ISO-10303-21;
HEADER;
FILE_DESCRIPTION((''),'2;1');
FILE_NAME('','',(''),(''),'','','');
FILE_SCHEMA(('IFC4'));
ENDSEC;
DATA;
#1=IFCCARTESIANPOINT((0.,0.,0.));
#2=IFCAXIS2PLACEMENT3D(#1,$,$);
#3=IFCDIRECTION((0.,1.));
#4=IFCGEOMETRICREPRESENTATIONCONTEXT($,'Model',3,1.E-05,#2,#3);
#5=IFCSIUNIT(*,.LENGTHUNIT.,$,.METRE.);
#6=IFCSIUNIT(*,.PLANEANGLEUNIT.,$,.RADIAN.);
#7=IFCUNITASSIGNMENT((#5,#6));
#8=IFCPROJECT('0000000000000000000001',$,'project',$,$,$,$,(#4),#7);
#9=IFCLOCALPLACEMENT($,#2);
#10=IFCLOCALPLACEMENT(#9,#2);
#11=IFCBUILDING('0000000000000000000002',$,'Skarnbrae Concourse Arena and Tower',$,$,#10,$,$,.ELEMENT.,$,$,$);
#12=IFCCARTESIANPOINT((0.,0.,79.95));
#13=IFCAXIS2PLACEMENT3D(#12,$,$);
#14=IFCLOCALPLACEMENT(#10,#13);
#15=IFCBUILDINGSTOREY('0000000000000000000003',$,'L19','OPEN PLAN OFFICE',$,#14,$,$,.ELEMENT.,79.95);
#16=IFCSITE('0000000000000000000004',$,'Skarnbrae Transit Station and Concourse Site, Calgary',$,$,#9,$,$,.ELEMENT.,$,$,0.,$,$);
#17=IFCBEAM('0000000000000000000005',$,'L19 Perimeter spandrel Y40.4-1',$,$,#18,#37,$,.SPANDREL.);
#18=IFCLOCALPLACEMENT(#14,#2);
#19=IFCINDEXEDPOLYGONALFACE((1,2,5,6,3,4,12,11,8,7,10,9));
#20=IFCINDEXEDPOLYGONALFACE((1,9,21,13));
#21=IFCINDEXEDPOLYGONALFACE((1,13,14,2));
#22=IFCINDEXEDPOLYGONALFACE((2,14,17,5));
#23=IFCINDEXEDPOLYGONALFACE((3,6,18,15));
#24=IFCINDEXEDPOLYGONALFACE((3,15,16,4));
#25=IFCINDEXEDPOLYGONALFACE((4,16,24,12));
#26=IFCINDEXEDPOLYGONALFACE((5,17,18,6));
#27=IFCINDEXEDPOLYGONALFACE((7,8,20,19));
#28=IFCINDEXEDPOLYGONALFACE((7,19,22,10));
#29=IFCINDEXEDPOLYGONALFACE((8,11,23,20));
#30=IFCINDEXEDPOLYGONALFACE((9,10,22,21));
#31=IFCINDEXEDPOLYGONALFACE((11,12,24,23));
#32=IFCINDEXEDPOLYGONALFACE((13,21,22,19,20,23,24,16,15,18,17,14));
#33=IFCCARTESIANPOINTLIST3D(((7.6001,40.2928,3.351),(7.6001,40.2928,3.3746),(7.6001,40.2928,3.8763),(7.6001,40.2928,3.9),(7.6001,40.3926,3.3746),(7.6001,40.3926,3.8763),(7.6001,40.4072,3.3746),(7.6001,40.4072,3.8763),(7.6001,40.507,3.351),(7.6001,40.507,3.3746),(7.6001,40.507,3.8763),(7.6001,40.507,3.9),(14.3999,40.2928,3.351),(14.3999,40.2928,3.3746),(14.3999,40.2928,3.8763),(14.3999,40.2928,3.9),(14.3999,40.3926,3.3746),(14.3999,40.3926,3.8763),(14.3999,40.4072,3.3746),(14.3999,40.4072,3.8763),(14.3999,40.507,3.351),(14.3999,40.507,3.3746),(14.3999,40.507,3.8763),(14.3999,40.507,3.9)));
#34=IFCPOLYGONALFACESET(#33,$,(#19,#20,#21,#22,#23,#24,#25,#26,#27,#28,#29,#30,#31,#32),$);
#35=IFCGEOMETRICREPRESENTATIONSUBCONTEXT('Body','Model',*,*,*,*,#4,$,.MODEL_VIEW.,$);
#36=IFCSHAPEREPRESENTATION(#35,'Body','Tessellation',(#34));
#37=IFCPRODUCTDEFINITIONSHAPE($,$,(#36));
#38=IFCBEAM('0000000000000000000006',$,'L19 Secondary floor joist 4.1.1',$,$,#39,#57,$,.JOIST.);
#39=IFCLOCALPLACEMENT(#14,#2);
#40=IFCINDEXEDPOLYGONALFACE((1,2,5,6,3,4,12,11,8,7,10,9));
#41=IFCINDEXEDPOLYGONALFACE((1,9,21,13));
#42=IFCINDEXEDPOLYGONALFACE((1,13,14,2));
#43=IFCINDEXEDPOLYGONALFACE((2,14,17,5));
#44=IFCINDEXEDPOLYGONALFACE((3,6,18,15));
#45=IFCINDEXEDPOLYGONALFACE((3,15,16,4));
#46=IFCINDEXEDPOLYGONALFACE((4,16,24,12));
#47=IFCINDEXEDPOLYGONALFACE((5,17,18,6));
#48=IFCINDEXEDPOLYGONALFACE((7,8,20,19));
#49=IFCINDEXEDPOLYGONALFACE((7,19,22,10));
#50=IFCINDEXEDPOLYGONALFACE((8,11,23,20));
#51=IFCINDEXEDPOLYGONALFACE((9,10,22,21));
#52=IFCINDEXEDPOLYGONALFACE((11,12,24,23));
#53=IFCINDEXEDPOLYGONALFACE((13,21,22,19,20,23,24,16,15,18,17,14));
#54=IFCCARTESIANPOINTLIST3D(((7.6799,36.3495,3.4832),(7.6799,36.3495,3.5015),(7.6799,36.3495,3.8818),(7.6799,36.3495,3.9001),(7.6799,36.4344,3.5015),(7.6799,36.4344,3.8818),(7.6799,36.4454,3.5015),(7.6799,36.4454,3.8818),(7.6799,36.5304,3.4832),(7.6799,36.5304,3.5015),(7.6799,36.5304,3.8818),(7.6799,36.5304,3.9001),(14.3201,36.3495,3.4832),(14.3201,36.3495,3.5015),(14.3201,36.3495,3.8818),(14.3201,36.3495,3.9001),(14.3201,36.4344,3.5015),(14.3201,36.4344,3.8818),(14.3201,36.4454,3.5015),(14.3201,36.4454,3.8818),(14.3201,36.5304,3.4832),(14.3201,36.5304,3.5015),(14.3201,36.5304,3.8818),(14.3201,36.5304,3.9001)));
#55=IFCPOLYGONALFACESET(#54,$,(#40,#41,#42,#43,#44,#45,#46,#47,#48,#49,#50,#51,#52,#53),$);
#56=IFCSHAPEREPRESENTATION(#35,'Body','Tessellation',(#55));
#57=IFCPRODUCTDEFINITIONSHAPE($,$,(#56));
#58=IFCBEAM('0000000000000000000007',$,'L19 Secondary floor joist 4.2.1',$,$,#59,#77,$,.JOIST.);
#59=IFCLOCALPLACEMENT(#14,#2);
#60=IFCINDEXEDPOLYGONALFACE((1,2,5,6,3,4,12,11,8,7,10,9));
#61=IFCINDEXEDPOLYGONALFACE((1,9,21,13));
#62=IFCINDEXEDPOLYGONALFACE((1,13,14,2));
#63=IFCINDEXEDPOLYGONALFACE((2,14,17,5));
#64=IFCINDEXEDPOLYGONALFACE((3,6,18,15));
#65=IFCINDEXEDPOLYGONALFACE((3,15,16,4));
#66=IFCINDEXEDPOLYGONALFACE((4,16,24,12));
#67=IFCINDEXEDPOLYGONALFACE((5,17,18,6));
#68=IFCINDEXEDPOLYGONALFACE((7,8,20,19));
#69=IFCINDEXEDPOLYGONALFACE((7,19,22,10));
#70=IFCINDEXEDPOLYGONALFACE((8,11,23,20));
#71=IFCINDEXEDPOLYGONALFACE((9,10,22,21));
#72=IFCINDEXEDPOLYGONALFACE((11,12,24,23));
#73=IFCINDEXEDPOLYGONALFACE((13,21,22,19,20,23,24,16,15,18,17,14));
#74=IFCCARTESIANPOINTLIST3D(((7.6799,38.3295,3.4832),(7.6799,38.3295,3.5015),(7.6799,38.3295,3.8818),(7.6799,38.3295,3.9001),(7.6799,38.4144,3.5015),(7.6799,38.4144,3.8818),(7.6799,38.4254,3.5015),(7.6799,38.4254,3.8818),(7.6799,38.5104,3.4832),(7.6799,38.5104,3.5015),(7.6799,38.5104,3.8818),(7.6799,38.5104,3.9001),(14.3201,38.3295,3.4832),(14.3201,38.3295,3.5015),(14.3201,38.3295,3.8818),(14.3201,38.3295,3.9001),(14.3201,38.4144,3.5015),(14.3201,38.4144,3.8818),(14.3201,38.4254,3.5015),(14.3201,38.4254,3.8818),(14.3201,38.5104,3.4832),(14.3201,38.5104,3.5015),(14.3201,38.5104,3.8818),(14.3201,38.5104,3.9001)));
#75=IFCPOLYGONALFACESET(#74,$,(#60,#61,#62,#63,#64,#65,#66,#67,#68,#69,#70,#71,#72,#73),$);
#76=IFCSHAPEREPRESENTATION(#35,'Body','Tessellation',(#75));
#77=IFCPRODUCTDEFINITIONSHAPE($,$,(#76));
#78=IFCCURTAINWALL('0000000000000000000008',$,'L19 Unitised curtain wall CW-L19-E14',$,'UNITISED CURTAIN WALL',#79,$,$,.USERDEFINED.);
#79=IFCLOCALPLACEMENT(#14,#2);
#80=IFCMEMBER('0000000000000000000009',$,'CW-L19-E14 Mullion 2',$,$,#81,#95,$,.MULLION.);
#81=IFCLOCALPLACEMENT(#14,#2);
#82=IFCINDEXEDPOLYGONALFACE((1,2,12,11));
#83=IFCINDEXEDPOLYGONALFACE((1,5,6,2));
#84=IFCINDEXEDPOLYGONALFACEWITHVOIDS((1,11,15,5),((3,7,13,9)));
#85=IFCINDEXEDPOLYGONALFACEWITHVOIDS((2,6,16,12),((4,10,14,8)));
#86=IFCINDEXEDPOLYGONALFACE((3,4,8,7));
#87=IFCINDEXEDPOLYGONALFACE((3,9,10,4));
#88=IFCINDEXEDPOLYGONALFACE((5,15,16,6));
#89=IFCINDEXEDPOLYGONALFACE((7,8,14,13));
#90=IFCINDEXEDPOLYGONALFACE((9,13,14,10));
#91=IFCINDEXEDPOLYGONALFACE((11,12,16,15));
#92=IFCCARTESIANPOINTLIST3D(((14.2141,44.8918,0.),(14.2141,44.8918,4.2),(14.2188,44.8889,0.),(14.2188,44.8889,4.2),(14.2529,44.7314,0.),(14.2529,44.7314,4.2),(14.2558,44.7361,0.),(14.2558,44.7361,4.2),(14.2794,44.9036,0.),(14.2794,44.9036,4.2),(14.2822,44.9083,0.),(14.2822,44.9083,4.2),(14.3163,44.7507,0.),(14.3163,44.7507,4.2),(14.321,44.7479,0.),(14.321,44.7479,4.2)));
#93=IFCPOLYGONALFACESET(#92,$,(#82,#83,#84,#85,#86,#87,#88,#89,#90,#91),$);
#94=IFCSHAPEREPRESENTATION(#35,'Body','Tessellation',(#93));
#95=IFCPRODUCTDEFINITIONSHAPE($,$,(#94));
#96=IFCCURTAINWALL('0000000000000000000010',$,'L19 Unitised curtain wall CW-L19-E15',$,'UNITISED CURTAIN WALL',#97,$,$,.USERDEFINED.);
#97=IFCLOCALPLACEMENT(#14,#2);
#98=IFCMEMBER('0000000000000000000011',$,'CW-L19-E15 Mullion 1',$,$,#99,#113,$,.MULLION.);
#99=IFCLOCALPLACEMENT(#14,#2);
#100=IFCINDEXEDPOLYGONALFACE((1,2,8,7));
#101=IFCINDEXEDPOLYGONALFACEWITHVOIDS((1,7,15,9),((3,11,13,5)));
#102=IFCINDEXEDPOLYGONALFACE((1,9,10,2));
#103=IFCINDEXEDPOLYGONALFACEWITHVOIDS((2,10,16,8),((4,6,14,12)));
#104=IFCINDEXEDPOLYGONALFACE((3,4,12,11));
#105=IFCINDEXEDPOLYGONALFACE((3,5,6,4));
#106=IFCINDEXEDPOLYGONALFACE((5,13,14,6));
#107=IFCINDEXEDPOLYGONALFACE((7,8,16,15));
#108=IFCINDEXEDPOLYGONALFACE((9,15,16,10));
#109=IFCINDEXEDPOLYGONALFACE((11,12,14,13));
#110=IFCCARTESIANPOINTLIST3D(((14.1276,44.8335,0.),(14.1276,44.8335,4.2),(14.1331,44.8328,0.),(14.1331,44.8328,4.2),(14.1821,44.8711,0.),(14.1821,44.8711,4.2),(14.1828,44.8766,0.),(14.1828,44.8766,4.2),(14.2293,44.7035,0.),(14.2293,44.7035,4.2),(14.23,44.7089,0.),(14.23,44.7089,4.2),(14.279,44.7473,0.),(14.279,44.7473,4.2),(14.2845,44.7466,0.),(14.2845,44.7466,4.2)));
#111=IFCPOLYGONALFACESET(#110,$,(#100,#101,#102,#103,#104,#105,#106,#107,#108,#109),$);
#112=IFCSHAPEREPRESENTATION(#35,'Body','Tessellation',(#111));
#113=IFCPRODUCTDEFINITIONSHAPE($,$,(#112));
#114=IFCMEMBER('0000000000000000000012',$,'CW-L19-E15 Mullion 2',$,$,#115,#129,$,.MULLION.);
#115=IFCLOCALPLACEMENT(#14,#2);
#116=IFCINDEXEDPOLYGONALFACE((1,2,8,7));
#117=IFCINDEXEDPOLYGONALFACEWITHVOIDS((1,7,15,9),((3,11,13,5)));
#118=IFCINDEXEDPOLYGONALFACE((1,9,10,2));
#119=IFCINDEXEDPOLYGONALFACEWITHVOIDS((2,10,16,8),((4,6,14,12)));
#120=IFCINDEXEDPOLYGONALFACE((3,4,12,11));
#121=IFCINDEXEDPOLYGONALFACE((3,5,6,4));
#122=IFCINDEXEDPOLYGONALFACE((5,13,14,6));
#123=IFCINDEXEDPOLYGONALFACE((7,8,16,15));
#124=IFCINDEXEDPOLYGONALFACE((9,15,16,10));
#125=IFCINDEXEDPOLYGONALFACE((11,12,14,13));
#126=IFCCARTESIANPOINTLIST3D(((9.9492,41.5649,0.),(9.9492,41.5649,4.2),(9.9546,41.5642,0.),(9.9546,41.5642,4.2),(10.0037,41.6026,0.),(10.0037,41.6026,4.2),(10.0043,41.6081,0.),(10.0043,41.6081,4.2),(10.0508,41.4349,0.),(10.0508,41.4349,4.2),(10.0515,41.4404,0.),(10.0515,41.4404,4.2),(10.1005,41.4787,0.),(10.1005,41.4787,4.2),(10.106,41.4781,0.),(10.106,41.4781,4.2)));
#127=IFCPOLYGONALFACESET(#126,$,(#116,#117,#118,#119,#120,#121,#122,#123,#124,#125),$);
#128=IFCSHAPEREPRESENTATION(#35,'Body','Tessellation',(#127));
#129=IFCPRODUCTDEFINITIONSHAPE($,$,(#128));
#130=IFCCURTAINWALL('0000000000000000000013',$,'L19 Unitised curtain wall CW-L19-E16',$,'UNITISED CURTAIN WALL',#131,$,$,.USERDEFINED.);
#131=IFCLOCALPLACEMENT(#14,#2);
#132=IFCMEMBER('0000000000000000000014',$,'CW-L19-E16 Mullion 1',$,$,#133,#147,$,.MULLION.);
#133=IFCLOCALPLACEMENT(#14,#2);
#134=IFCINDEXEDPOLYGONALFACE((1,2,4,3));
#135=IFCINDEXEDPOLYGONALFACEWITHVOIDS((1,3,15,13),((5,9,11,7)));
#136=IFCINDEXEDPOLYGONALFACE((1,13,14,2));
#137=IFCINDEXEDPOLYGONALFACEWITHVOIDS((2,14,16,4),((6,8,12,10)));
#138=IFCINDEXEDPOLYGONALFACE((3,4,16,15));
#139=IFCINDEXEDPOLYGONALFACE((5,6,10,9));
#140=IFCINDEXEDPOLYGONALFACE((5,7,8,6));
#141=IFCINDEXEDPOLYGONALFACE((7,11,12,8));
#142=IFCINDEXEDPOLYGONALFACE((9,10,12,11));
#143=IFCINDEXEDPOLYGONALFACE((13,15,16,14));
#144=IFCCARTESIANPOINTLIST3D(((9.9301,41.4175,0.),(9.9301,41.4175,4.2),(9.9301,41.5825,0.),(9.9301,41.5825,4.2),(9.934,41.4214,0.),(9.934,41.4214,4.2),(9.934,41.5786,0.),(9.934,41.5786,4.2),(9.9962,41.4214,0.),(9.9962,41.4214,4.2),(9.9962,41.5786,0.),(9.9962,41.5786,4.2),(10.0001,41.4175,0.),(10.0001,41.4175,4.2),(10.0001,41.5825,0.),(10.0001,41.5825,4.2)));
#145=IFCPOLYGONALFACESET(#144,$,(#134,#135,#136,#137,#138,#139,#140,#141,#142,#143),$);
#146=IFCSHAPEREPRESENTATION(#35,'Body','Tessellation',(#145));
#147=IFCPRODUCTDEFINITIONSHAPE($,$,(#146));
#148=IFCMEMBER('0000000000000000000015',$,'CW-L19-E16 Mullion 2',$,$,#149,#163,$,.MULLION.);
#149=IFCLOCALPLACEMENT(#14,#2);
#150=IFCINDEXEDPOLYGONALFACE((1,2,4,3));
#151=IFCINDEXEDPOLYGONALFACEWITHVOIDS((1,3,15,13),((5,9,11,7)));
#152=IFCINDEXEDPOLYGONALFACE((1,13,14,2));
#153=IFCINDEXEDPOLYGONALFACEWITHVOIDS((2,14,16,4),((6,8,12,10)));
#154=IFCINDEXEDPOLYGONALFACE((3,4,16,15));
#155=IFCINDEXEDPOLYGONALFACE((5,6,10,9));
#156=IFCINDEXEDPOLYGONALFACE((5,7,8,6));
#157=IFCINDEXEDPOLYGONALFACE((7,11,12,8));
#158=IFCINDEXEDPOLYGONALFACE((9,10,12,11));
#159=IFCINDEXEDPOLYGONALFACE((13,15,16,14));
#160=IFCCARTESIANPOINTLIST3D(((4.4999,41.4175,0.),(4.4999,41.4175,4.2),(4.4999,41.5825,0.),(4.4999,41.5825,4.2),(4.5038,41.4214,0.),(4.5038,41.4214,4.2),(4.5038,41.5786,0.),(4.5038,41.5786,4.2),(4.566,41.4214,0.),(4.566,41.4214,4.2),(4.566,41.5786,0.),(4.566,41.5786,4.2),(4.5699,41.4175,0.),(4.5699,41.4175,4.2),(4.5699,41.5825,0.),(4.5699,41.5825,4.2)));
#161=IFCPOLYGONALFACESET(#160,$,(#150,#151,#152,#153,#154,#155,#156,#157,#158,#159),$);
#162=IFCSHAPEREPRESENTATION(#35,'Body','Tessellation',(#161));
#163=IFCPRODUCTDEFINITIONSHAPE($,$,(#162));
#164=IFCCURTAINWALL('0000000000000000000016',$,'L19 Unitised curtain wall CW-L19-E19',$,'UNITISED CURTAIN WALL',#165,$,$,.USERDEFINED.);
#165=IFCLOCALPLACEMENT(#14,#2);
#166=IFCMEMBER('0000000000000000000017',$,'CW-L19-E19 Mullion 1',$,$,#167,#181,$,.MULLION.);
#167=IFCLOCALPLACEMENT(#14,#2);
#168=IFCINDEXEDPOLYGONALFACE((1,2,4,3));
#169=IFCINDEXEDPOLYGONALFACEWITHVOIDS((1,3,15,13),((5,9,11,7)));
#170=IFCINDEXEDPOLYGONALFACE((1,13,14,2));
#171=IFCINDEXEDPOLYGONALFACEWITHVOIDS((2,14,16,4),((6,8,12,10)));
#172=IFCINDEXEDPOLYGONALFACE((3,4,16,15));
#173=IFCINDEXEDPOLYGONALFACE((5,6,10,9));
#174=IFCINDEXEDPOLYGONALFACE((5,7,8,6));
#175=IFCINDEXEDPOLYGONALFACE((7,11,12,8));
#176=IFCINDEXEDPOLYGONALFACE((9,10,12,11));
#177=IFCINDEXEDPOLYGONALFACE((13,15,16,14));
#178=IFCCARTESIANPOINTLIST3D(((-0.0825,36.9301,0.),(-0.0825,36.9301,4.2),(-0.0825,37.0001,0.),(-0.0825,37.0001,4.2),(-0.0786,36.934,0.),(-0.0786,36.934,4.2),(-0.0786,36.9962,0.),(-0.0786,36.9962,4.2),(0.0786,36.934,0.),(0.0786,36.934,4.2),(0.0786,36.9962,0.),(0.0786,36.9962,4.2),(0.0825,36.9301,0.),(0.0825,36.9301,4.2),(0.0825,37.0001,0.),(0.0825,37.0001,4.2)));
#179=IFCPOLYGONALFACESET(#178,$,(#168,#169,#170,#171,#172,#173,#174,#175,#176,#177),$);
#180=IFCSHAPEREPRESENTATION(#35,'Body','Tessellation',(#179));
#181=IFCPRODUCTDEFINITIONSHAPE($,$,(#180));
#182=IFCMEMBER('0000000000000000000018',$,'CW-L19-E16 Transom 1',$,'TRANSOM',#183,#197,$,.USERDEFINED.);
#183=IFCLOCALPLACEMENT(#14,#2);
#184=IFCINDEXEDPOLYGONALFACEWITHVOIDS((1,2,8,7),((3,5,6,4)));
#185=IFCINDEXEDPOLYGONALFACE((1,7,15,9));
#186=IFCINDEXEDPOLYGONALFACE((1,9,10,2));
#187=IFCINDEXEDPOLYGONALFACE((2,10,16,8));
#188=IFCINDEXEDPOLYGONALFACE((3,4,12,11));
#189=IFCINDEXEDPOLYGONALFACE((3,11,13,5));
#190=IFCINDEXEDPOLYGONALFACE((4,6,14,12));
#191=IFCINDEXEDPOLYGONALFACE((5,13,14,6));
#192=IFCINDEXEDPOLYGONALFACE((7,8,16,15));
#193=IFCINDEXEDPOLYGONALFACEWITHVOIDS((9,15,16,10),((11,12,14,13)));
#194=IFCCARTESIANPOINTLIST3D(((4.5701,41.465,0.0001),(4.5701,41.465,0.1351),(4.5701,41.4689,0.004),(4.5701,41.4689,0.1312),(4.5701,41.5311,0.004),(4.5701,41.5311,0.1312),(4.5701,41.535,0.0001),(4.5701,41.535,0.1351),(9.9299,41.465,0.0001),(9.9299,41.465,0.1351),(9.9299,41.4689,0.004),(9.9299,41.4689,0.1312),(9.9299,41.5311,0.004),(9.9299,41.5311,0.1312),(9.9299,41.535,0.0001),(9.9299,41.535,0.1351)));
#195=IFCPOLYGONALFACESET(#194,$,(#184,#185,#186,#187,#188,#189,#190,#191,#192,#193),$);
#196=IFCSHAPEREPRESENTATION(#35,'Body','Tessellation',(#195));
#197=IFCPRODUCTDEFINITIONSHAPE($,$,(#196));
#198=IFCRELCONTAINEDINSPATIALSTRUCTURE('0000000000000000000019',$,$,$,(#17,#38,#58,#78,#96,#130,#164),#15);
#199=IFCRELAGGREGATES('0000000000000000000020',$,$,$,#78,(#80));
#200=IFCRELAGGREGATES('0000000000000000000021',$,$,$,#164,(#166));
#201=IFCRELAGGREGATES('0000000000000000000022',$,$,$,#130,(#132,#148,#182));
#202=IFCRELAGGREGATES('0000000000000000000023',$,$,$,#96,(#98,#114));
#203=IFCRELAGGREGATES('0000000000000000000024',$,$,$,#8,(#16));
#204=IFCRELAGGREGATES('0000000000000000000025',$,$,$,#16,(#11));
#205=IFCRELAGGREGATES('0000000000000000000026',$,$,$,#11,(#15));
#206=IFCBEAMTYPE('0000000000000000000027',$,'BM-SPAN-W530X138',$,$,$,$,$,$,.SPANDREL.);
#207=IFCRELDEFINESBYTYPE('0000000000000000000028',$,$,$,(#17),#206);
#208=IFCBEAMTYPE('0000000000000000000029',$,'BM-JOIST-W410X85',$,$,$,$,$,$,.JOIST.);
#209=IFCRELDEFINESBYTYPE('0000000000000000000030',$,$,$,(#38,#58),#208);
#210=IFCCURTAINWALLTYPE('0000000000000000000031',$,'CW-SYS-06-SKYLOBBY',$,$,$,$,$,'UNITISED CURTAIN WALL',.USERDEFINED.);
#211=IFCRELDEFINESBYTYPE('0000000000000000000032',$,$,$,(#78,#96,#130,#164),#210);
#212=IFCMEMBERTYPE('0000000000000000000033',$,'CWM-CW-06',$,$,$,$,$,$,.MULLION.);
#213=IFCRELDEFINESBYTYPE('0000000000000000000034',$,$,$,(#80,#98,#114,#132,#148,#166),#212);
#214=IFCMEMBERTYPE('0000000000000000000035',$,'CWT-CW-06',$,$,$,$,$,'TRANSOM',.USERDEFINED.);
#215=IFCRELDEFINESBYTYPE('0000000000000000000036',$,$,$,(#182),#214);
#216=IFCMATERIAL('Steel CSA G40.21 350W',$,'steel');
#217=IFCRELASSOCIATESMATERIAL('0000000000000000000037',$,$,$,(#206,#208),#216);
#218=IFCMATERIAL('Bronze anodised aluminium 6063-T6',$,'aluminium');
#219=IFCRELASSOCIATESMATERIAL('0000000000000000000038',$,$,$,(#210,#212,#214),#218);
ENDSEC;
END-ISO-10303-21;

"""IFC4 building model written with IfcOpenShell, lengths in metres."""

from ifc_helpers import new_model, si_unit, direction, frame, origin, origin_2d, place, context, subcontext, project, spatial, hollow_rectangle, i_section, extrude, source, transform, mapped, material, material_profile, profile_set, type_object, element, aggregate, save


model = new_model("IFC4")

# Units and contexts
model_context = context("Model", 3, precision=1e-05, world=origin(), true_north=direction((0.0, 1.0)))
body_context = subcontext(model_context, "Body", "Model", "MODEL_VIEW")
ifc_project = project(units=[si_unit("LENGTHUNIT", "METRE"), si_unit("PLANEANGLEUNIT", "RADIAN")], contexts=[model_context])

# Site, building, storey
site_placement = place(None, origin())
site = spatial("IfcSite", under=ifc_project, at=site_placement, Name="Skarnbrae Transit Station and Concourse Site, Calgary", CompositionType="ELEMENT", RefElevation=0.0)
building_placement = place(site_placement, origin())
building = spatial("IfcBuilding", under=site, at=building_placement, Name="Skarnbrae Concourse Arena and Tower", CompositionType="ELEMENT")
storey_placement = place(building_placement, frame((0.0, 0.0, 79.95)))
storey = spatial("IfcBuildingStorey", under=building, at=storey_placement, Name="L19", Description="OPEN PLAN OFFICE", CompositionType="ELEMENT", Elevation=79.95)

# Shared definitions
ifc_material_1 = material(Name="Steel CSA G40.21 350W", Category="steel")

# Beams
ifc_material_profile_1 = material_profile(ifc_material_1, i_section(OverallWidth=0.2141, OverallDepth=0.5491, WebThickness=0.0146, FlangeThickness=0.0237, at=origin_2d()), Name="W530X138")
ifc_profile_set_1 = profile_set([ifc_material_profile_1], Name="Steel CSA G40.21 350W")
beam_type_1 = type_object("IfcBeamType", Name="BM-SPAN-W530X138", PredefinedType="SPANDREL", material=ifc_profile_set_1)
shared_shape_1 = source(origin(), body_context, "Body", "SweptSolid", [
    extrude(i_section(OverallWidth=0.2141, OverallDepth=0.5491, WebThickness=0.0146, FlangeThickness=0.0237, at=origin_2d()), origin(), (0.0, 0.0, 1.0), 6.7998),
])
beam_1_placement = place(storey_placement, frame((7.6001, 40.3999, 3.6255), z_axis=(1.0, 0.0, 0.0), x_axis=(0.0, 1.0, 0.0)))
element("IfcBeam", 1, at=beam_1_placement, inside=storey, type_object=beam_type_1, Name="L19 Perimeter spandrel Y40.4-1", PredefinedType="SPANDREL", context=body_context, shape_type="MappedRepresentation", body=[
    mapped(shared_shape_1, transform((0.0, 0.0, 0.0))),
])
ifc_material_profile_2 = material_profile(ifc_material_1, i_section(OverallWidth=0.1809, OverallDepth=0.417, WebThickness=0.011, FlangeThickness=0.0183, at=origin_2d()), Name="W410X85")
ifc_profile_set_2 = profile_set([ifc_material_profile_2], Name="Steel CSA G40.21 350W")
beam_type_2 = type_object("IfcBeamType", Name="BM-JOIST-W410X85", PredefinedType="JOIST", material=ifc_profile_set_2)
shared_shape_2 = source(origin(), body_context, "Body", "SweptSolid", [
    extrude(i_section(OverallWidth=0.1809, OverallDepth=0.417, WebThickness=0.011, FlangeThickness=0.0183, at=origin_2d()), origin(), (0.0, 0.0, 1.0), 6.6401),
])
for number, where, z_axis, x_axis, name in (
    (2, (7.6799, 36.4399, 3.6917), (1.0, 0.0, 0.0), (0.0, 1.0, 0.0), "L19 Secondary floor joist 4.1.1"),
    (3, (7.6799, 38.4199, 3.6917), (1.0, 0.0, 0.0), (0.0, 1.0, 0.0), "L19 Secondary floor joist 4.2.1"),
):
    element("IfcBeam", number, at=place(storey_placement, frame(where, z_axis=z_axis, x_axis=x_axis)), inside=storey, type_object=beam_type_2, Name=name, PredefinedType="JOIST", context=body_context, shape_type="MappedRepresentation", body=[
        mapped(shared_shape_2, transform((0.0, 0.0, 0.0))),
    ])

# Curtain wall, member
ifc_material_2 = material(Name="Bronze anodised aluminium 6063-T6", Category="aluminium")
curtain_wall_type = type_object("IfcCurtainWallType", Name="CW-SYS-06-SKYLOBBY", ElementType="UNITISED CURTAIN WALL", PredefinedType="USERDEFINED", material=ifc_material_2)
curtain_wall_1_placement = place(storey_placement, origin())
curtain_wall_1 = element("IfcCurtainWall", 4, at=curtain_wall_1_placement, inside=storey, type_object=curtain_wall_type, Name="L19 Unitised curtain wall CW-L19-E14", ObjectType="UNITISED CURTAIN WALL", PredefinedType="USERDEFINED")
ifc_material_profile_3 = material_profile(ifc_material_2, hollow_rectangle(XDim=0.0701, YDim=0.165, WallThickness=0.0039, at=origin_2d()), Name="ALU-MULL-70X165")
ifc_profile_set_3 = profile_set([ifc_material_profile_3], Name="Bronze anodised aluminium 6063-T6")
member_type_1 = type_object("IfcMemberType", Name="CWM-CW-06", PredefinedType="MULLION", material=ifc_profile_set_3)
shared_shape_3 = source(origin(), body_context, "Body", "SweptSolid", [
    extrude(hollow_rectangle(XDim=0.0701, YDim=0.165, WallThickness=0.0039, at=origin_2d()), origin(), (0.0, 0.0, 1.0), 4.2),
])
member_1_placement = place(storey_placement, frame((14.2676, 44.8198, 0.0), z_axis=(0.0, 0.0, 1.0), x_axis=(-0.971974, -0.23509, 0.0)))
member_1 = element("IfcMember", 5, at=member_1_placement, type_object=member_type_1, Name="CW-L19-E14 Mullion 2", PredefinedType="MULLION", context=body_context, shape_type="MappedRepresentation", body=[
    mapped(shared_shape_3, transform((0.0, 0.0, 0.0))),
])
aggregate(curtain_wall_1, [member_1])

# Curtain walls, members
curtain_wall_2_placement = place(storey_placement, origin())
curtain_wall_2 = element("IfcCurtainWall", 6, at=curtain_wall_2_placement, inside=storey, type_object=curtain_wall_type, Name="L19 Unitised curtain wall CW-L19-E15", ObjectType="UNITISED CURTAIN WALL", PredefinedType="USERDEFINED")
member_2_placement = place(storey_placement, frame((14.2061, 44.79, 0.0), z_axis=(0.0, 0.0, 1.0), x_axis=(-0.787652, -0.616121, 0.0)))
member_2 = element("IfcMember", 7, at=member_2_placement, type_object=member_type_1, Name="CW-L19-E15 Mullion 1", PredefinedType="MULLION", context=body_context, shape_type="MappedRepresentation", body=[
    mapped(shared_shape_3, transform((0.0, 0.0, 0.0))),
])
member_3_placement = place(storey_placement, frame((10.0276, 41.5215, 0.0), z_axis=(0.0, 0.0, 1.0), x_axis=(-0.787652, -0.616121, 0.0)))
member_3 = element("IfcMember", 8, at=member_3_placement, type_object=member_type_1, Name="CW-L19-E15 Mullion 2", PredefinedType="MULLION", context=body_context, shape_type="MappedRepresentation", body=[
    mapped(shared_shape_3, transform((0.0, 0.0, 0.0))),
])
curtain_wall_3_placement = place(storey_placement, origin())
curtain_wall_3 = element("IfcCurtainWall", 9, at=curtain_wall_3_placement, inside=storey, type_object=curtain_wall_type, Name="L19 Unitised curtain wall CW-L19-E16", ObjectType="UNITISED CURTAIN WALL", PredefinedType="USERDEFINED")
member_4_placement = place(storey_placement, frame((9.9651, 41.5, 0.0), z_axis=(0.0, 0.0, 1.0), x_axis=(-1.0, 0.0, 0.0)))
member_4 = element("IfcMember", 10, at=member_4_placement, type_object=member_type_1, Name="CW-L19-E16 Mullion 1", PredefinedType="MULLION", context=body_context, shape_type="MappedRepresentation", body=[
    mapped(shared_shape_3, transform((0.0, 0.0, 0.0))),
])
member_5_placement = place(storey_placement, frame((4.5349, 41.5, 0.0), z_axis=(0.0, 0.0, 1.0), x_axis=(-1.0, 0.0, 0.0)))
member_5 = element("IfcMember", 11, at=member_5_placement, type_object=member_type_1, Name="CW-L19-E16 Mullion 2", PredefinedType="MULLION", context=body_context, shape_type="MappedRepresentation", body=[
    mapped(shared_shape_3, transform((0.0, 0.0, 0.0))),
])

# Curtain wall, member
curtain_wall_4_placement = place(storey_placement, origin())
curtain_wall_4 = element("IfcCurtainWall", 12, at=curtain_wall_4_placement, inside=storey, type_object=curtain_wall_type, Name="L19 Unitised curtain wall CW-L19-E19", ObjectType="UNITISED CURTAIN WALL", PredefinedType="USERDEFINED")
member_6_placement = place(storey_placement, frame((0.0, 36.9651, 0.0), z_axis=(0.0, 0.0, 1.0), x_axis=(0.0, -1.0, 0.0)))
member_6 = element("IfcMember", 13, at=member_6_placement, type_object=member_type_1, Name="CW-L19-E19 Mullion 1", PredefinedType="MULLION", context=body_context, shape_type="MappedRepresentation", body=[
    mapped(shared_shape_3, transform((0.0, 0.0, 0.0))),
])

# Member
ifc_material_profile_4 = material_profile(ifc_material_2, hollow_rectangle(XDim=0.0701, YDim=0.135, WallThickness=0.0039, at=origin_2d()), Name="ALU-TRAN-70X135")
ifc_profile_set_4 = profile_set([ifc_material_profile_4], Name="Bronze anodised aluminium 6063-T6")
member_type_2 = type_object("IfcMemberType", Name="CWT-CW-06", ElementType="TRANSOM", PredefinedType="USERDEFINED", material=ifc_profile_set_4)
shared_shape_4 = source(origin(), body_context, "Body", "SweptSolid", [
    extrude(hollow_rectangle(XDim=0.0701, YDim=0.135, WallThickness=0.0039, at=origin_2d()), origin(), (0.0, 0.0, 1.0), 5.3599),
])
member_7_placement = place(storey_placement, frame((9.9299, 41.5, 0.0676), z_axis=(-1.0, 0.0, 0.0), x_axis=(0.0, -1.0, 0.0)))
member_7 = element("IfcMember", 14, at=member_7_placement, type_object=member_type_2, Name="CW-L19-E16 Transom 1", ObjectType="TRANSOM", PredefinedType="USERDEFINED", context=body_context, shape_type="MappedRepresentation", body=[
    mapped(shared_shape_4, transform((0.0, 0.0, 0.0))),
])
aggregate(curtain_wall_4, [member_6])

aggregate(curtain_wall_3, [member_4, member_5, member_7])
aggregate(curtain_wall_2, [member_2, member_3])

save(model, "model.ifc")
